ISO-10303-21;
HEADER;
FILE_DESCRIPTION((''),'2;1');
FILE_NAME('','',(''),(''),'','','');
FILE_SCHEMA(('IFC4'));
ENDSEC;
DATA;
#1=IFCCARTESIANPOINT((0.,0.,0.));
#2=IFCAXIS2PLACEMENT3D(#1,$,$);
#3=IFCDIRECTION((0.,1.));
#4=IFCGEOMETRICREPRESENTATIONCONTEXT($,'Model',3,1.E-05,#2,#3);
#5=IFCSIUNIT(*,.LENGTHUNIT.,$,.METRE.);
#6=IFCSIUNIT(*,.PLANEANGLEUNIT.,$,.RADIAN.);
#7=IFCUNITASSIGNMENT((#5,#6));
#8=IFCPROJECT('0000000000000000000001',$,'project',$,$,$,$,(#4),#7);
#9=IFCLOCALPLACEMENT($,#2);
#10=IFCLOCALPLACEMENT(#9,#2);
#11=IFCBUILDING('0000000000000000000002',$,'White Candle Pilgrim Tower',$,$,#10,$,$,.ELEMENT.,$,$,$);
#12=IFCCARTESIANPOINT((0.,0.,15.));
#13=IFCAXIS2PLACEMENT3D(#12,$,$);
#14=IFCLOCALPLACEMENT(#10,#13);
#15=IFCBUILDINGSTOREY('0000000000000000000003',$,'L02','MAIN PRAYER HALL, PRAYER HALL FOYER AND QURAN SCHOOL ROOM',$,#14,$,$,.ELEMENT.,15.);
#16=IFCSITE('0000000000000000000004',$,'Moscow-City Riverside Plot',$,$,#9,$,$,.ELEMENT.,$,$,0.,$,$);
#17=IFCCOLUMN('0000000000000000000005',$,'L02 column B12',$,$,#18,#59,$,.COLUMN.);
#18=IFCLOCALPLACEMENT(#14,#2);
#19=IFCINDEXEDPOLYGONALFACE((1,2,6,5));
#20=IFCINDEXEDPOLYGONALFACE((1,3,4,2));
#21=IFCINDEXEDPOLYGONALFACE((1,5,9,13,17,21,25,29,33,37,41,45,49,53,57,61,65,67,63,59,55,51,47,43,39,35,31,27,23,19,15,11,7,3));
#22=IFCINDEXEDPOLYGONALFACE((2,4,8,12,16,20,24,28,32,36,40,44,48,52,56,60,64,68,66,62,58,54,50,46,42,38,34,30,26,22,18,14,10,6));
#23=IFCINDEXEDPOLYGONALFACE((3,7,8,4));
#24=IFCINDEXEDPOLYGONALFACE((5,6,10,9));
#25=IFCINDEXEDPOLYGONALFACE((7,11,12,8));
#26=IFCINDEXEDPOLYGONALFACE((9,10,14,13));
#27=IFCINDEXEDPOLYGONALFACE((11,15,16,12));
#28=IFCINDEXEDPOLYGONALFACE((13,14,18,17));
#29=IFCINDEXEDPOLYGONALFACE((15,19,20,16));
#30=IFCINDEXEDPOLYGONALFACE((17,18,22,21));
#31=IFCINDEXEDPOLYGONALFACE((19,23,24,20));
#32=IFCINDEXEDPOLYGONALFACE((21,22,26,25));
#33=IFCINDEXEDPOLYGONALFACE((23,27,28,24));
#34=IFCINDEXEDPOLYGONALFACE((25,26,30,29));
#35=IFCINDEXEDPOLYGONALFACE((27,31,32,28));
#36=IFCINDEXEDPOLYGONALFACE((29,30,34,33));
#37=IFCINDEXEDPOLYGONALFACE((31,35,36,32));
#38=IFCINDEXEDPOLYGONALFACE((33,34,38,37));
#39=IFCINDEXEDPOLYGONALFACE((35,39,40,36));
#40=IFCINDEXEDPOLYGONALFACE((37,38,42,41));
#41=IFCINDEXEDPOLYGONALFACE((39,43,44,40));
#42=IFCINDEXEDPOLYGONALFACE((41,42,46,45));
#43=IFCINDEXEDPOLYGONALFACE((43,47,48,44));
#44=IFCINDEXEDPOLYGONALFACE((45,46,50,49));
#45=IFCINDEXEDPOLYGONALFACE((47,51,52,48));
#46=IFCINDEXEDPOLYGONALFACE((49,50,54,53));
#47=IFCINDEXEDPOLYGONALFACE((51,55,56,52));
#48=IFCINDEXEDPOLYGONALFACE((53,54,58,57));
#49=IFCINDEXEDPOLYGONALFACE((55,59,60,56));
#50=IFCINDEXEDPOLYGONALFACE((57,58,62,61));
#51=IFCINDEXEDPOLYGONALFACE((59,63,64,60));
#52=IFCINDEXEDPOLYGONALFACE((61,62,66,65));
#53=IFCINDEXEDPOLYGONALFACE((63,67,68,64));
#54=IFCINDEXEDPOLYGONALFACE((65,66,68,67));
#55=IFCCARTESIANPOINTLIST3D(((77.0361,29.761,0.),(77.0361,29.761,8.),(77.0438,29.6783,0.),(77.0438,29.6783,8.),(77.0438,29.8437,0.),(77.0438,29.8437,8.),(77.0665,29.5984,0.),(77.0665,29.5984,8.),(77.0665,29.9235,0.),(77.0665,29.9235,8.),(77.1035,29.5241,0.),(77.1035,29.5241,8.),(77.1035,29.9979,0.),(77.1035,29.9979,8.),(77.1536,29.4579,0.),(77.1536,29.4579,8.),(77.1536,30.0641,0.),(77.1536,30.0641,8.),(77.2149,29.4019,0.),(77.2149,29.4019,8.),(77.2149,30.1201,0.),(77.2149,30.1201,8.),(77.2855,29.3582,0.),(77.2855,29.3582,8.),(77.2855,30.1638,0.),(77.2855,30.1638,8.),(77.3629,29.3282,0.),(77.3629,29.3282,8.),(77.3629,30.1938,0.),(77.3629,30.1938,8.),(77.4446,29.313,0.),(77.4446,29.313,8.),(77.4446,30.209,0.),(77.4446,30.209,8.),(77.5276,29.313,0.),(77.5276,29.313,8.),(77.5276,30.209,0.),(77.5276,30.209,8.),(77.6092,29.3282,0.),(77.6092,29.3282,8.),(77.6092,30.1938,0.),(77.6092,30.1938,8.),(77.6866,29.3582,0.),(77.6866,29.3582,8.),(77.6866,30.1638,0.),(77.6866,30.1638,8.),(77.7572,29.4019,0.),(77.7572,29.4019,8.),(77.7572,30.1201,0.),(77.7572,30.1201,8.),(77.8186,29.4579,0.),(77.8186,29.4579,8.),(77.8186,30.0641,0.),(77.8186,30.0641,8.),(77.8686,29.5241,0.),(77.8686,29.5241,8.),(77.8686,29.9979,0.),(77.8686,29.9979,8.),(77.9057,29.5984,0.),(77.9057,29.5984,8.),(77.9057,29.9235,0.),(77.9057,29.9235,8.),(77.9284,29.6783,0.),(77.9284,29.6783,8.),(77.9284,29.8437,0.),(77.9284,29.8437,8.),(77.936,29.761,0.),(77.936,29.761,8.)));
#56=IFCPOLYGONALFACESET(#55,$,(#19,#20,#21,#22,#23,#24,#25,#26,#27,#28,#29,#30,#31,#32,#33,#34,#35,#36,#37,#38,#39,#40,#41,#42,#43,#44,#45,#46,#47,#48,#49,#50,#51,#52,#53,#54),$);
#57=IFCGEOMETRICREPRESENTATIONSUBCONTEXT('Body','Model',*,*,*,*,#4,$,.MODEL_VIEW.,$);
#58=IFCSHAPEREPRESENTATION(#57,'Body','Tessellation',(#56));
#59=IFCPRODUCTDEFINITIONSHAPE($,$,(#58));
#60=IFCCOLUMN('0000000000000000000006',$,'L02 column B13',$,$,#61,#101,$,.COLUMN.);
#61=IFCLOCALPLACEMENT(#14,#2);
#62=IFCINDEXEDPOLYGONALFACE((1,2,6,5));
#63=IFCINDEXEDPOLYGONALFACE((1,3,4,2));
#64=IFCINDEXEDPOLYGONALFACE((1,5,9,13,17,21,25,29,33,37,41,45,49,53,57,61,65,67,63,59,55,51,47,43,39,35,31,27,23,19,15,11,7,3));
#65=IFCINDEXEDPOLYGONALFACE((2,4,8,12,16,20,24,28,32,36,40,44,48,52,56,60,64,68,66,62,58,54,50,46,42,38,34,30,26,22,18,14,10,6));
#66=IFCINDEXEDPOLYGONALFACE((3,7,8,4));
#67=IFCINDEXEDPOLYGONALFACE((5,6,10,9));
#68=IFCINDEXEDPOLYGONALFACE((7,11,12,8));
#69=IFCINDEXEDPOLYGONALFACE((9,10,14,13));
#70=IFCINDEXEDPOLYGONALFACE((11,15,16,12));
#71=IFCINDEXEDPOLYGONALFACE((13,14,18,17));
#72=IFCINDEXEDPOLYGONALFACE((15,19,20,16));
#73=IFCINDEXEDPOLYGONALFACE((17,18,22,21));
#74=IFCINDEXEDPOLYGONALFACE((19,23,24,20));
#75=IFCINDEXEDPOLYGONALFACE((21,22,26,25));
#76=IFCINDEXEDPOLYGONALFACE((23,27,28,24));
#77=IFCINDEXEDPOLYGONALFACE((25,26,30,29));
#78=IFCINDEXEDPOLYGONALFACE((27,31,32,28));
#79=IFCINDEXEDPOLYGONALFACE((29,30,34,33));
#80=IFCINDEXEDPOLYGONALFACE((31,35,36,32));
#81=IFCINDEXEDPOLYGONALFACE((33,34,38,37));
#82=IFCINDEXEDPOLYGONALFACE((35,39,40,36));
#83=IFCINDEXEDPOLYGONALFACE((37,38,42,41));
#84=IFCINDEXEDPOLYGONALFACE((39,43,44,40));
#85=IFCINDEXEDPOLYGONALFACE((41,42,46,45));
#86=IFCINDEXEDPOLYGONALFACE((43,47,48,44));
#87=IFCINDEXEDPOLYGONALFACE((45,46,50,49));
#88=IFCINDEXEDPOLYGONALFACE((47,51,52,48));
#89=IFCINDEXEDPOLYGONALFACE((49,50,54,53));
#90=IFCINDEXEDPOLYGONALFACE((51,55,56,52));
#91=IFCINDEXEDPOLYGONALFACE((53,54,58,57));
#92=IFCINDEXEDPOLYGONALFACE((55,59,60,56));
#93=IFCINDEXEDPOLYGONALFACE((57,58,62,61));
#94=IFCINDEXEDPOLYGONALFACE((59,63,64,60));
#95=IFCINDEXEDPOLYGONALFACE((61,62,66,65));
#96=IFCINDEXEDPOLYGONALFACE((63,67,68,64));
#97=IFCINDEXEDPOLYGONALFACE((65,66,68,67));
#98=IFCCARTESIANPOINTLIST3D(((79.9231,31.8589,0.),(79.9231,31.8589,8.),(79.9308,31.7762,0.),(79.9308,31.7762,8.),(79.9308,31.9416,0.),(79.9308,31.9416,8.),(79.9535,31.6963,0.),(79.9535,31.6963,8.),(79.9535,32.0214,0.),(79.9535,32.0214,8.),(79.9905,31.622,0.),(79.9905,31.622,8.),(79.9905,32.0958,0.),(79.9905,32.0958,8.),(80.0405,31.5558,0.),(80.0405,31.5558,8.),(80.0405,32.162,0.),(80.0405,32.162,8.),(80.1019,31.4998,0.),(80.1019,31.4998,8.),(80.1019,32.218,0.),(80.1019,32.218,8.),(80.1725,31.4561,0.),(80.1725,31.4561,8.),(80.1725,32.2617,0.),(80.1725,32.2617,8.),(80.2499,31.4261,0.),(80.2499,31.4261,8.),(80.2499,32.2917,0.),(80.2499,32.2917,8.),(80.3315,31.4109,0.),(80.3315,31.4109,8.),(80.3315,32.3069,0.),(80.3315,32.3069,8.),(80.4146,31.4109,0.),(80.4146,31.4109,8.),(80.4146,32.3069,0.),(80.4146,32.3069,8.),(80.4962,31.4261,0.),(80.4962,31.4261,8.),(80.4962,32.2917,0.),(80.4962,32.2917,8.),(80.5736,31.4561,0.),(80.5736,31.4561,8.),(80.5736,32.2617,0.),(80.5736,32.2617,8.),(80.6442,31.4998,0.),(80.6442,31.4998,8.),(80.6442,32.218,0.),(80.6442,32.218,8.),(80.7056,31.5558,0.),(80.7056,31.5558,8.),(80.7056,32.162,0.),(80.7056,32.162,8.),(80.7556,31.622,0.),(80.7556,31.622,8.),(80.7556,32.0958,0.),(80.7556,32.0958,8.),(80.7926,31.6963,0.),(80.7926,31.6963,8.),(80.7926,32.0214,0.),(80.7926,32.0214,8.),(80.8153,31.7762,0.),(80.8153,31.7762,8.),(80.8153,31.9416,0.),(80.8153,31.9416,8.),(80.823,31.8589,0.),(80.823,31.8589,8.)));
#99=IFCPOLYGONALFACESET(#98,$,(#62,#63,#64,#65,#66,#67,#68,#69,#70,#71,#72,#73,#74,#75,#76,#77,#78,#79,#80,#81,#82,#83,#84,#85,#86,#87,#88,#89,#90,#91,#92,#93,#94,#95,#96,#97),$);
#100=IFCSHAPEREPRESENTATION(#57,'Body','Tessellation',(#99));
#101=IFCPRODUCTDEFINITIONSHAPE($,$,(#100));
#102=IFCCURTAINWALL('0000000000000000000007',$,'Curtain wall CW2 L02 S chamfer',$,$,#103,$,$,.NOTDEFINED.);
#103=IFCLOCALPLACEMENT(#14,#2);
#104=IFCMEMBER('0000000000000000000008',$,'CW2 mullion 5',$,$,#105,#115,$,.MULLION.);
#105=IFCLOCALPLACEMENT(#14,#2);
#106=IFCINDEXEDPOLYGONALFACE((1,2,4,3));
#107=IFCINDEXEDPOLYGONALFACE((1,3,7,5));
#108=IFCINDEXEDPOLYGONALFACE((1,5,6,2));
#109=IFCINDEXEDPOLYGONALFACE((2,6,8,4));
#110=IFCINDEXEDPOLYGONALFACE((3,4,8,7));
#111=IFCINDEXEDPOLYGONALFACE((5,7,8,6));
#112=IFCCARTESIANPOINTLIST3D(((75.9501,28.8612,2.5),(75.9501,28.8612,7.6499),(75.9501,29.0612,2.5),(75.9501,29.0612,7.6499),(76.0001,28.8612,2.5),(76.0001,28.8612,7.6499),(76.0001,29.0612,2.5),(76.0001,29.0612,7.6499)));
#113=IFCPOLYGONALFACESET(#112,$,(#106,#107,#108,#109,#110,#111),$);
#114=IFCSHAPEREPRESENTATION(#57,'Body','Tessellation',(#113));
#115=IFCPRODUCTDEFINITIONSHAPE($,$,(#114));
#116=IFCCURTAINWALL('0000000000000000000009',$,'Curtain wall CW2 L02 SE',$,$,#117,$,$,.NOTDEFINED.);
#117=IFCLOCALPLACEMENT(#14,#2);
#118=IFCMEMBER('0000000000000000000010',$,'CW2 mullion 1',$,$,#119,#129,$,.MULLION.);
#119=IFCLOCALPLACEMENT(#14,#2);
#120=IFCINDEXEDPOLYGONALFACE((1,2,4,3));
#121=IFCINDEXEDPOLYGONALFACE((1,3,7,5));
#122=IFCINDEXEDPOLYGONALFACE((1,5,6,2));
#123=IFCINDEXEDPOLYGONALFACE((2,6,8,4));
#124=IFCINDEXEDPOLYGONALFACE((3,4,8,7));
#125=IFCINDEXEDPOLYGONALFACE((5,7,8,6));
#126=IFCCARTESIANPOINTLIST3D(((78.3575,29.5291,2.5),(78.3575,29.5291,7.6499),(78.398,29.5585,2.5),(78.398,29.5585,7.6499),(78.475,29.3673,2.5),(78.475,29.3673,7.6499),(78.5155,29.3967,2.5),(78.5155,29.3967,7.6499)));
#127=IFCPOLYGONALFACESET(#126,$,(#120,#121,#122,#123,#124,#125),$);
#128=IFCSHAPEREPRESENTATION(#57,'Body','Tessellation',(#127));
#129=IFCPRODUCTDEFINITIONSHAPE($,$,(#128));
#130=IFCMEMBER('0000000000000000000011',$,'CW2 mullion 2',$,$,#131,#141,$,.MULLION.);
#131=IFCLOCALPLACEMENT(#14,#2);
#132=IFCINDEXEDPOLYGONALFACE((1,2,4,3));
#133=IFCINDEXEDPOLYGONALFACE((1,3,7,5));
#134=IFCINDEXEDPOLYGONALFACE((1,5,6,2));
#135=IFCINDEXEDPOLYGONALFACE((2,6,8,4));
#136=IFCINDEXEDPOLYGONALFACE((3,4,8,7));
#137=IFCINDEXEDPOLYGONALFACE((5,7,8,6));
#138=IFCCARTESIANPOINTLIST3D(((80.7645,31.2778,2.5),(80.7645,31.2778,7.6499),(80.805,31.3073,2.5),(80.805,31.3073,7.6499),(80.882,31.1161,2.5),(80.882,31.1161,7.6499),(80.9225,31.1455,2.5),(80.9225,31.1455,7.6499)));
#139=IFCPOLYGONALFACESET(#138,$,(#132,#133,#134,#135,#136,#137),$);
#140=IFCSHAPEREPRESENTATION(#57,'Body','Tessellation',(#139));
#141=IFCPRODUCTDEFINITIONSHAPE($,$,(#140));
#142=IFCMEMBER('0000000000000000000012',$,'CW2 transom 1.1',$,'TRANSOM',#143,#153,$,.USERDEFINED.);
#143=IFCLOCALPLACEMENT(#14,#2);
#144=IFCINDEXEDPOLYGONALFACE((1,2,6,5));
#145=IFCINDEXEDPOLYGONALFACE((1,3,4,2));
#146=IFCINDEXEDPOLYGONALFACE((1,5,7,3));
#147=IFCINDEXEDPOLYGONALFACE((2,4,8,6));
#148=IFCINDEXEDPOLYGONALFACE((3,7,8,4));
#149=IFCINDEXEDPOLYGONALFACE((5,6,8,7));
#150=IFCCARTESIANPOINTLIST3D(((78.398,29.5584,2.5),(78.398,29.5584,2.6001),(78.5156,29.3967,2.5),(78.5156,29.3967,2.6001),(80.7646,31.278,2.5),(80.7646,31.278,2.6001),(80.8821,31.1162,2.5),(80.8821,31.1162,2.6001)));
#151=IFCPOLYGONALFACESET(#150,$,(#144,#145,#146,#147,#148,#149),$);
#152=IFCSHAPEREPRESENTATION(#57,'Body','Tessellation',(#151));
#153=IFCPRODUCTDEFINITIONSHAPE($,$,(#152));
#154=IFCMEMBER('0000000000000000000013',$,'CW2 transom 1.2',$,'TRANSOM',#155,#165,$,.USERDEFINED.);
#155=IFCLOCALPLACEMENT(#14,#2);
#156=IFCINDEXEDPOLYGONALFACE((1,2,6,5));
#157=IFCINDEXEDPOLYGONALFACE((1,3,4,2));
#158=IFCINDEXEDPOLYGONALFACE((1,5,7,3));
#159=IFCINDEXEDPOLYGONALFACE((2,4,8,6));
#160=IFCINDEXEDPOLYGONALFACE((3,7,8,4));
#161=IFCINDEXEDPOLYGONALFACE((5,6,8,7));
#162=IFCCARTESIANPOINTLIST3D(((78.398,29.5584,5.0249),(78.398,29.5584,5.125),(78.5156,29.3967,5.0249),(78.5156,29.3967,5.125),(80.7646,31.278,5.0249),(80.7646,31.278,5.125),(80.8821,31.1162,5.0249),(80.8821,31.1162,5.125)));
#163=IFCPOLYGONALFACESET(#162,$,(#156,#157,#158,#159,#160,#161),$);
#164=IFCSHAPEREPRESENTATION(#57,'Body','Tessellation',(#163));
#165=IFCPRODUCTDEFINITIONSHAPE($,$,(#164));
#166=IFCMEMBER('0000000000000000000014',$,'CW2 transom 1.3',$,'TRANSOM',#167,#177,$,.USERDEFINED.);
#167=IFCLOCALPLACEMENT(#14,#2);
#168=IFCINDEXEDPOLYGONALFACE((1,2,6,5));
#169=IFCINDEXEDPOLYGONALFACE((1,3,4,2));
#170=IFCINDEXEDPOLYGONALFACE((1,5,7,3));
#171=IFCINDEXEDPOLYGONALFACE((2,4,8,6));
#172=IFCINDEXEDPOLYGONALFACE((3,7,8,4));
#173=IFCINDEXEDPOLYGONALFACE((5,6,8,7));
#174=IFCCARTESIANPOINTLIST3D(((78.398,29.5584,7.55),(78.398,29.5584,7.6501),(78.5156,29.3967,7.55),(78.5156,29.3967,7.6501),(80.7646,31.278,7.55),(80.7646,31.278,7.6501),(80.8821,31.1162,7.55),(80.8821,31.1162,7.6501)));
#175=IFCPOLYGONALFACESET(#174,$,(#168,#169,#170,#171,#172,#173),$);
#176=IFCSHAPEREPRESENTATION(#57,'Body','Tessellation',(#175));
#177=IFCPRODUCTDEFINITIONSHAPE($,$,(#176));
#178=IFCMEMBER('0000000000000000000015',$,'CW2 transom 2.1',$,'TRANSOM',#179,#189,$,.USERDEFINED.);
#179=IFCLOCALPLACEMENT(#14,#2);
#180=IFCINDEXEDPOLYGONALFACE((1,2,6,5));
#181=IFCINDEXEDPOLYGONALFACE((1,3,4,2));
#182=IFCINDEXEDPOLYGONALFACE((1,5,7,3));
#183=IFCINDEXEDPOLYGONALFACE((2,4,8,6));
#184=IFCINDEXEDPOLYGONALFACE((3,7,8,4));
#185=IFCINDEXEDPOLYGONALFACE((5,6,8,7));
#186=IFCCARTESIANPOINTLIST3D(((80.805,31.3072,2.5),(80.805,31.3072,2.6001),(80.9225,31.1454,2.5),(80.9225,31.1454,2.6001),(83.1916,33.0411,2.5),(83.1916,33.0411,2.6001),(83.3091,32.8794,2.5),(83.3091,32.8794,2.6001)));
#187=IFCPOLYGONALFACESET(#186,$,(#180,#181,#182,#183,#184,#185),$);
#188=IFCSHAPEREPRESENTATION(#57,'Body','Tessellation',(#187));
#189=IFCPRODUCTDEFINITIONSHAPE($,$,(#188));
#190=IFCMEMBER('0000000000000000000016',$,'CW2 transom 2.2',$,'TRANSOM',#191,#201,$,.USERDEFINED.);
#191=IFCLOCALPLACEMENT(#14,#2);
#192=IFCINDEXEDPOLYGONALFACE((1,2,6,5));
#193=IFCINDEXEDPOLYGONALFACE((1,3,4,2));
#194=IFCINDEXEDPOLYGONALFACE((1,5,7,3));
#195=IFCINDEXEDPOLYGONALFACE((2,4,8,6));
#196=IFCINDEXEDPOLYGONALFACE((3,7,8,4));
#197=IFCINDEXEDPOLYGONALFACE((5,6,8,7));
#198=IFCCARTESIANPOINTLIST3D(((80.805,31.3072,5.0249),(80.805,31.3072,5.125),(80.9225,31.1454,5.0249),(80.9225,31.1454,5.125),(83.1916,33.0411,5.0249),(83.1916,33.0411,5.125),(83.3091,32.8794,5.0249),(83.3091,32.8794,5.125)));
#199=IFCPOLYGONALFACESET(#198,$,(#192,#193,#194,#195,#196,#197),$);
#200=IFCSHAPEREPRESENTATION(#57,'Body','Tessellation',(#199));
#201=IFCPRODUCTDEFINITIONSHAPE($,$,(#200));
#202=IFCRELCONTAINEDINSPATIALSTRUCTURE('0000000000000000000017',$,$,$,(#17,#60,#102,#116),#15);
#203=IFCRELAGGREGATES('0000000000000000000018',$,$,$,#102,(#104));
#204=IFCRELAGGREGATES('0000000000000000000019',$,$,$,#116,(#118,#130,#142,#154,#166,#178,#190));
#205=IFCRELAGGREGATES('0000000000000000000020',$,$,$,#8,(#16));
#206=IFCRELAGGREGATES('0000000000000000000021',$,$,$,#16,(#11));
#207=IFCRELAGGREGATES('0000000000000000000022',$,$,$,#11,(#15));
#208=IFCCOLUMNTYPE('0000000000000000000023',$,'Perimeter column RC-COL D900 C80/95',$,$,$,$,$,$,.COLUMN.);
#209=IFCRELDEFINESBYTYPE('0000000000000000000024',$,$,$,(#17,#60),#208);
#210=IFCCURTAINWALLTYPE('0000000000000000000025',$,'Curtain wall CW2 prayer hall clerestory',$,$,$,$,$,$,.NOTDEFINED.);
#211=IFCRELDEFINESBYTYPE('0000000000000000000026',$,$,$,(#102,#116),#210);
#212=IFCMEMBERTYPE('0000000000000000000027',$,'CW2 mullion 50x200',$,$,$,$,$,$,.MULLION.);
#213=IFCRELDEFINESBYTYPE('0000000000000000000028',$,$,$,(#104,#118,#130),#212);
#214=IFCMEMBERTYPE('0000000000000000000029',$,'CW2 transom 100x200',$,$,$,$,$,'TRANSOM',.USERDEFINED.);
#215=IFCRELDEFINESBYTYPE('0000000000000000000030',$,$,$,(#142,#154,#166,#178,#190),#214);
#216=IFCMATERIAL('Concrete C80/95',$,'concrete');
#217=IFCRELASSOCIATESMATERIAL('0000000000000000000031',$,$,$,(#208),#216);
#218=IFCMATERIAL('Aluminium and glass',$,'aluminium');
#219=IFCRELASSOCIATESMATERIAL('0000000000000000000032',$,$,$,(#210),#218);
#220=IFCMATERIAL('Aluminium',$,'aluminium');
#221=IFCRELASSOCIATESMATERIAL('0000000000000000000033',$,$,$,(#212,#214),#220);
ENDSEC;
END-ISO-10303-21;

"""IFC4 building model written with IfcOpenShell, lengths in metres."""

from ifc_helpers import new_model, si_unit, direction, frame, origin, origin_2d, place, context, subcontext, project, spatial, rectangle, circle, extrude, material, material_profile, profile_set, type_object, element, aggregate, save


model = new_model("IFC4")

# Units and contexts
model_context = context("Model", 3, precision=1e-05, world=origin(), true_north=direction((0.0, 1.0)))
body_context = subcontext(model_context, "Body", "Model", "MODEL_VIEW")
ifc_project = project(units=[si_unit("LENGTHUNIT", "METRE"), si_unit("PLANEANGLEUNIT", "RADIAN")], contexts=[model_context])

# Site, building, storey
site_placement = place(None, origin())
site = spatial("IfcSite", under=ifc_project, at=site_placement, Name="Moscow-City Riverside Plot", CompositionType="ELEMENT", RefElevation=0.0)
building_placement = place(site_placement, origin())
building = spatial("IfcBuilding", under=site, at=building_placement, Name="White Candle Pilgrim Tower", CompositionType="ELEMENT")
storey_placement = place(building_placement, frame((0.0, 0.0, 15.0)))
storey = spatial("IfcBuildingStorey", under=building, at=storey_placement, Name="L02", Description="MAIN PRAYER HALL, PRAYER HALL FOYER AND QURAN SCHOOL ROOM", CompositionType="ELEMENT", Elevation=15.0)

# Columns
ifc_material_1 = material(Name="Concrete C80/95", Category="concrete")
ifc_material_profile_1 = material_profile(ifc_material_1, circle(Radius=0.45, at=origin_2d()), Name="RC-COL D900")
ifc_profile_set_1 = profile_set([ifc_material_profile_1], Name="Concrete C80/95")
column_type = type_object("IfcColumnType", Name="Perimeter column RC-COL D900 C80/95", PredefinedType="COLUMN", material=ifc_profile_set_1)
for number, where, z_axis, x_axis, name in (
    (1, (77.4861, 29.761, 0.0), (0.0, 0.0, 1.0), (1.0, 0.0, 0.0), "L02 column B12"),
    (2, (80.373, 31.8589, 0.0), (0.0, 0.0, 1.0), (1.0, 0.0, 0.0), "L02 column B13"),
):
    element("IfcColumn", number, at=place(storey_placement, frame(where, z_axis=z_axis, x_axis=x_axis)), inside=storey, type_object=column_type, Name=name, PredefinedType="COLUMN", context=body_context, shape_type="SweptSolid", body=[
        extrude(circle(Radius=0.45, at=origin_2d()), origin(), (0.0, 0.0, 1.0), 8.0),
    ])

# Curtain wall, member
ifc_material_2 = material(Name="Aluminium and glass", Category="aluminium")
curtain_wall_type = type_object("IfcCurtainWallType", Name="Curtain wall CW2 prayer hall clerestory", PredefinedType="NOTDEFINED", material=ifc_material_2)
curtain_wall_1_placement = place(storey_placement, origin())
curtain_wall_1 = element("IfcCurtainWall", 3, at=curtain_wall_1_placement, inside=storey, type_object=curtain_wall_type, Name="Curtain wall CW2 L02 S chamfer", PredefinedType="NOTDEFINED")
ifc_material_3 = material(Name="Aluminium", Category="aluminium")
ifc_material_profile_2 = material_profile(ifc_material_3, rectangle(XDim=0.2, YDim=0.05, at=origin_2d()), Name="CW2 mullion 50x200")
ifc_profile_set_2 = profile_set([ifc_material_profile_2], Name="Aluminium")
member_type_1 = type_object("IfcMemberType", Name="CW2 mullion 50x200", PredefinedType="MULLION", material=ifc_profile_set_2)
member_1_placement = place(storey_placement, frame((75.9751, 28.9612, 2.5), z_axis=(0.0, 0.0, 1.0), x_axis=(0.0, 1.0, 0.0)))
member_1 = element("IfcMember", 4, at=member_1_placement, type_object=member_type_1, Name="CW2 mullion 5", PredefinedType="MULLION", context=body_context, shape_type="SweptSolid", body=[
    extrude(rectangle(XDim=0.2, YDim=0.05, at=origin_2d()), origin(), (0.0, 0.0, 1.0), 5.1499),
])

# Curtain wall, members
curtain_wall_2_placement = place(storey_placement, origin())
curtain_wall_2 = element("IfcCurtainWall", 5, at=curtain_wall_2_placement, inside=storey, type_object=curtain_wall_type, Name="Curtain wall CW2 L02 SE", PredefinedType="NOTDEFINED")
member_2_placement = place(storey_placement, frame((78.4365, 29.4629, 2.5), z_axis=(0.0, 0.0, 1.0), x_axis=(-0.587785, 0.809017, 0.0)))
member_2 = element("IfcMember", 6, at=member_2_placement, type_object=member_type_1, Name="CW2 mullion 1", PredefinedType="MULLION", context=body_context, shape_type="SweptSolid", body=[
    extrude(rectangle(XDim=0.2, YDim=0.05, at=origin_2d()), origin(), (0.0, 0.0, 1.0), 5.1499),
])
member_3_placement = place(storey_placement, frame((80.8435, 31.2117, 2.5), z_axis=(0.0, 0.0, 1.0), x_axis=(-0.587785, 0.809017, 0.0)))
member_3 = element("IfcMember", 7, at=member_3_placement, type_object=member_type_1, Name="CW2 mullion 2", PredefinedType="MULLION", context=body_context, shape_type="SweptSolid", body=[
    extrude(rectangle(XDim=0.2, YDim=0.05, at=origin_2d()), origin(), (0.0, 0.0, 1.0), 5.1499),
])
ifc_material_profile_3 = material_profile(ifc_material_3, rectangle(XDim=0.2, YDim=0.1001, at=origin_2d()), Name="CW2 transom 100x200")
ifc_profile_set_3 = profile_set([ifc_material_profile_3], Name="Aluminium")
member_type_2 = type_object("IfcMemberType", Name="CW2 transom 100x200", ElementType="TRANSOM", PredefinedType="USERDEFINED", material=ifc_profile_set_3)
member_4_placement = place(storey_placement, frame((78.4568, 29.4775, 2.55), z_axis=(0.808992, 0.587819, 0.0), x_axis=(-0.587819, 0.808992, 0.0)))
member_4 = element("IfcMember", 8, at=member_4_placement, type_object=member_type_2, Name="CW2 transom 1.1", ObjectType="TRANSOM", PredefinedType="USERDEFINED", context=body_context, shape_type="SweptSolid", body=[
    extrude(rectangle(XDim=0.2, YDim=0.1001, at=origin_2d()), origin(), (0.0, 0.0, 1.0), 2.9253),
])
member_5_placement = place(storey_placement, frame((78.4568, 29.4775, 5.075), z_axis=(0.808992, 0.587819, 0.0), x_axis=(-0.587819, 0.808992, 0.0)))
member_5 = element("IfcMember", 9, at=member_5_placement, type_object=member_type_2, Name="CW2 transom 1.2", ObjectType="TRANSOM", PredefinedType="USERDEFINED", context=body_context, shape_type="SweptSolid", body=[
    extrude(rectangle(XDim=0.2, YDim=0.1001, at=origin_2d()), origin(), (0.0, 0.0, 1.0), 2.9253),
])
member_6_placement = place(storey_placement, frame((78.4568, 29.4775, 7.6001), z_axis=(0.808992, 0.587819, 0.0), x_axis=(-0.587819, 0.808992, 0.0)))
member_6 = element("IfcMember", 10, at=member_6_placement, type_object=member_type_2, Name="CW2 transom 1.3", ObjectType="TRANSOM", PredefinedType="USERDEFINED", context=body_context, shape_type="SweptSolid", body=[
    extrude(rectangle(XDim=0.2, YDim=0.1001, at=origin_2d()), origin(), (0.0, 0.0, 1.0), 2.9253),
])
member_7_placement = place(storey_placement, frame((80.8638, 31.2263, 2.55), z_axis=(0.809015, 0.587788, 0.0), x_axis=(-0.587788, 0.809015, 0.0)))
member_7 = element("IfcMember", 11, at=member_7_placement, type_object=member_type_2, Name="CW2 transom 2.1", ObjectType="TRANSOM", PredefinedType="USERDEFINED", context=body_context, shape_type="SweptSolid", body=[
    extrude(rectangle(XDim=0.2, YDim=0.1001, at=origin_2d()), origin(), (0.0, 0.0, 1.0), 2.95),
])
member_8_placement = place(storey_placement, frame((80.8638, 31.2263, 5.075), z_axis=(0.809015, 0.587788, 0.0), x_axis=(-0.587788, 0.809015, 0.0)))
member_8 = element("IfcMember", 12, at=member_8_placement, type_object=member_type_2, Name="CW2 transom 2.2", ObjectType="TRANSOM", PredefinedType="USERDEFINED", context=body_context, shape_type="SweptSolid", body=[
    extrude(rectangle(XDim=0.2, YDim=0.1001, at=origin_2d()), origin(), (0.0, 0.0, 1.0), 2.95),
])

aggregate(curtain_wall_1, [member_1])
aggregate(curtain_wall_2, [member_2, member_3, member_4, member_5, member_6, member_7, member_8])

save(model, "model.ifc")
